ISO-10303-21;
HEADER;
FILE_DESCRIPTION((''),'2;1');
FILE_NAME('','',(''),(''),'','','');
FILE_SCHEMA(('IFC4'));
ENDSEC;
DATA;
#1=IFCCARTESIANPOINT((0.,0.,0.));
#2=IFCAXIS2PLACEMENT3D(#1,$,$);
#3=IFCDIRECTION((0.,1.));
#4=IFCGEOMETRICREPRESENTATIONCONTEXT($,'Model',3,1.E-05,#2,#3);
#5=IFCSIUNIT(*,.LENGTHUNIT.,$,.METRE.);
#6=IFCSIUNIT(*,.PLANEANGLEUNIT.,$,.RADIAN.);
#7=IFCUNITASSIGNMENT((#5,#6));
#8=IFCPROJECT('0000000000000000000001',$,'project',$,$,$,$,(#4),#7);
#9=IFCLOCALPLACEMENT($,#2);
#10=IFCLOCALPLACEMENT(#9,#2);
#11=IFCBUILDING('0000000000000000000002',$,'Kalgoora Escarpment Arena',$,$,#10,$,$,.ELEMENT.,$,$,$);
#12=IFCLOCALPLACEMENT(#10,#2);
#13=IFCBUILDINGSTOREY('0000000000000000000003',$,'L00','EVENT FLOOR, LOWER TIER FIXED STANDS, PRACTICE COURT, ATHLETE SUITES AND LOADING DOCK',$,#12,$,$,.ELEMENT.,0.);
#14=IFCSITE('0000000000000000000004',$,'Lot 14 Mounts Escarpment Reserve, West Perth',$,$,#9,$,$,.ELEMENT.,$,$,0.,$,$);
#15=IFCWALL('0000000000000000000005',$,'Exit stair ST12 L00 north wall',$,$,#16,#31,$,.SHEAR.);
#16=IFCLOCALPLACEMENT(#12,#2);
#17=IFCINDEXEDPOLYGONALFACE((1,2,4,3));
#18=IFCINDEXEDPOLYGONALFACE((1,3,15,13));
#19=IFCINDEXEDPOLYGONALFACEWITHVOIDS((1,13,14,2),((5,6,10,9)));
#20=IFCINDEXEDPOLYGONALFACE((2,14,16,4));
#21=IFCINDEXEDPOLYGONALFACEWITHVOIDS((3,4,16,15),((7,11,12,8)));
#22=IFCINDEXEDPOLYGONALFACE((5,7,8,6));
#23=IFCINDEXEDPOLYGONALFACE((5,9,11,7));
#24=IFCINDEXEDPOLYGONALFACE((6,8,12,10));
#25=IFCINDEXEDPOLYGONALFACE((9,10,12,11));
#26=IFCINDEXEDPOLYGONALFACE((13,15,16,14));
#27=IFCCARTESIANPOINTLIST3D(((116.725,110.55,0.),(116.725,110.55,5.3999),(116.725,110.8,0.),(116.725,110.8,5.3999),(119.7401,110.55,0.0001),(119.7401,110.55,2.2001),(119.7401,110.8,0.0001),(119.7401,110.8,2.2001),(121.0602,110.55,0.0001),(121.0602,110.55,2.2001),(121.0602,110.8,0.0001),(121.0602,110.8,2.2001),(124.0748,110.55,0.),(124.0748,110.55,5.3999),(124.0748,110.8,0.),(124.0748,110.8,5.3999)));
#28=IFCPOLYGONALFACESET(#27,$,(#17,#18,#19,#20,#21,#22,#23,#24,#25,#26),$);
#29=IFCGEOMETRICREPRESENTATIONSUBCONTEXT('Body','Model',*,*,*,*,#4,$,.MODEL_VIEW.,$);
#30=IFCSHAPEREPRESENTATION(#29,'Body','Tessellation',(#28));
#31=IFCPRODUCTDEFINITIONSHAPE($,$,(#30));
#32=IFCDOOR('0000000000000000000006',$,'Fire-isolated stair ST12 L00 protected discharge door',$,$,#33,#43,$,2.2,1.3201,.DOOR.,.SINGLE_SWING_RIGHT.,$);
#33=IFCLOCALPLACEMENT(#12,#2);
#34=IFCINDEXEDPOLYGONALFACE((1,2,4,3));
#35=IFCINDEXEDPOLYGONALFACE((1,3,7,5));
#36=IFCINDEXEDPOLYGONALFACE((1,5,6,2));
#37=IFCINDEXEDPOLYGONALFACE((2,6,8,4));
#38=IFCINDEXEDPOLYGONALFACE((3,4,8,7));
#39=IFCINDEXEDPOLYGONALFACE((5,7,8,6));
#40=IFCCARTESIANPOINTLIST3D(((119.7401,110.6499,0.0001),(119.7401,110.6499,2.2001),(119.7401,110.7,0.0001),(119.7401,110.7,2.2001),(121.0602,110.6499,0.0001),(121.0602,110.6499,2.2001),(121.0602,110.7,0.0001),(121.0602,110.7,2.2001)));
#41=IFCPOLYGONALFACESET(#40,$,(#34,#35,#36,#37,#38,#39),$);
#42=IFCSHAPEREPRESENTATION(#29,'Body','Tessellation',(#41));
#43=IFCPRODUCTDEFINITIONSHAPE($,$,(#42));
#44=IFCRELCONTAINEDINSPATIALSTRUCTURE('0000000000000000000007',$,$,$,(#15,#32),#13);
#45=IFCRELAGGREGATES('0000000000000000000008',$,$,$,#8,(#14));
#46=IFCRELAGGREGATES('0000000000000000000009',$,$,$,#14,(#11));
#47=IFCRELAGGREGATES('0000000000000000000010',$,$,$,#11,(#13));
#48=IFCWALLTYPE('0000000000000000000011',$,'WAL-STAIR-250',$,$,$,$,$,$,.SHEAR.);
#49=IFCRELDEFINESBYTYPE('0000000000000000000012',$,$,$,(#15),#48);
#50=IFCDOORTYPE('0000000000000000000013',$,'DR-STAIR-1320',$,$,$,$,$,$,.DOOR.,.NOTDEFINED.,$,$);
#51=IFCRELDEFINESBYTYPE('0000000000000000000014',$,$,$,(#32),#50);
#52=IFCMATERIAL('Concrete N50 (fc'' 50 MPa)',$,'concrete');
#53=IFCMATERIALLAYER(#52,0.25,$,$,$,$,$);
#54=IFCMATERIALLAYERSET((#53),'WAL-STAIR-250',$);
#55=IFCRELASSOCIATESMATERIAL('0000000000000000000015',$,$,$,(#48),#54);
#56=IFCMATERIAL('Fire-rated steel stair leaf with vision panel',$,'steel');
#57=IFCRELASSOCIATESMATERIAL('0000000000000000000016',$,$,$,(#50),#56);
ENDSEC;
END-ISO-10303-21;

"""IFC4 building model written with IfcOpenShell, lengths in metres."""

from ifc_helpers import new_model, si_unit, direction, frame, frame_2d, origin, place, context, subcontext, project, spatial, rectangle, extrude, material, layer, layer_set, type_object, element, fill, save


model = new_model("IFC4")

# Units and contexts
model_context = context("Model", 3, precision=1e-05, world=origin(), true_north=direction((0.0, 1.0)))
body_context = subcontext(model_context, "Body", "Model", "MODEL_VIEW")
ifc_project = project(units=[si_unit("LENGTHUNIT", "METRE"), si_unit("PLANEANGLEUNIT", "RADIAN")], contexts=[model_context])

# Site, building, storey
site_placement = place(None, origin())
site = spatial("IfcSite", under=ifc_project, at=site_placement, Name="Lot 14 Mounts Escarpment Reserve, West Perth", CompositionType="ELEMENT", RefElevation=0.0)
building_placement = place(site_placement, origin())
building = spatial("IfcBuilding", under=site, at=building_placement, Name="Kalgoora Escarpment Arena", CompositionType="ELEMENT")
storey_placement = place(building_placement, origin())
storey = spatial("IfcBuildingStorey", under=building, at=storey_placement, Name="L00", Description="EVENT FLOOR, LOWER TIER FIXED STANDS, PRACTICE COURT, ATHLETE SUITES AND LOADING DOCK", CompositionType="ELEMENT", Elevation=0.0)

# Wall, opening, door
ifc_material_1 = material(Name="Concrete N50 (fc' 50 MPa)", Category="concrete")
ifc_layer_1 = layer(ifc_material_1, 0.25)
ifc_layer_set_1 = layer_set([ifc_layer_1], Name="WAL-STAIR-250")
wall_type_1 = type_object("IfcWallType", Name="WAL-STAIR-250", PredefinedType="SHEAR", material=ifc_layer_set_1)
wall_1_placement = place(storey_placement, frame((116.7251, 110.675, 0.0), z_axis=(0.0, 0.0, 1.0), x_axis=(1.0, 0.0, 0.0)))
wall_1 = element("IfcWall", 1, at=wall_1_placement, inside=storey, type_object=wall_type_1, Name="Exit stair ST12 L00 north wall", PredefinedType="SHEAR", context=body_context, shape_type="SweptSolid", body=[
    extrude(rectangle(XDim=7.3499, YDim=0.25, at=frame_2d((3.6748, 0.0))), origin(), (0.0, 0.0, 1.0), 5.3999),
])
opening_1_placement = place(wall_1_placement, frame((3.0149, 0.0, 0.0)))
opening_1 = element("IfcOpeningElement", 2, at=opening_1_placement, cuts=wall_1, PredefinedType="OPENING", context=body_context, shape_type="SweptSolid", body=[
    extrude(rectangle(XDim=1.3201, YDim=2.2, at=frame_2d((0.6602, 1.1001))), frame((0.0, 0.135, 0.0), z_axis=(0.0, -1.0, 0.0), x_axis=(1.0, 0.0, 0.0)), (0.0, 0.0, 1.0), 0.27),
])
ifc_material_2 = material(Name="Fire-rated steel stair leaf with vision panel", Category="steel")
door_type_1 = type_object("IfcDoorType", Name="DR-STAIR-1320", OperationType="NOTDEFINED", PredefinedType="DOOR", material=ifc_material_2)
door_1_placement = place(opening_1_placement, origin())
door_1 = element("IfcDoor", 3, at=door_1_placement, inside=storey, type_object=door_type_1, Name="Fire-isolated stair ST12 L00 protected discharge door", OperationType="SINGLE_SWING_RIGHT", OverallHeight=2.2, OverallWidth=1.3201, PredefinedType="DOOR", context=body_context, shape_type="SweptSolid", body=[
    extrude(rectangle(XDim=1.3201, YDim=2.2, at=frame_2d((0.6602, 1.1001))), frame((0.0, 0.0249, 0.0), z_axis=(0.0, -1.0, 0.0), x_axis=(1.0, 0.0, 0.0)), (0.0, 0.0, 1.0), 0.05),
])
fill(opening_1, door_1)

save(model, "model.ifc")
